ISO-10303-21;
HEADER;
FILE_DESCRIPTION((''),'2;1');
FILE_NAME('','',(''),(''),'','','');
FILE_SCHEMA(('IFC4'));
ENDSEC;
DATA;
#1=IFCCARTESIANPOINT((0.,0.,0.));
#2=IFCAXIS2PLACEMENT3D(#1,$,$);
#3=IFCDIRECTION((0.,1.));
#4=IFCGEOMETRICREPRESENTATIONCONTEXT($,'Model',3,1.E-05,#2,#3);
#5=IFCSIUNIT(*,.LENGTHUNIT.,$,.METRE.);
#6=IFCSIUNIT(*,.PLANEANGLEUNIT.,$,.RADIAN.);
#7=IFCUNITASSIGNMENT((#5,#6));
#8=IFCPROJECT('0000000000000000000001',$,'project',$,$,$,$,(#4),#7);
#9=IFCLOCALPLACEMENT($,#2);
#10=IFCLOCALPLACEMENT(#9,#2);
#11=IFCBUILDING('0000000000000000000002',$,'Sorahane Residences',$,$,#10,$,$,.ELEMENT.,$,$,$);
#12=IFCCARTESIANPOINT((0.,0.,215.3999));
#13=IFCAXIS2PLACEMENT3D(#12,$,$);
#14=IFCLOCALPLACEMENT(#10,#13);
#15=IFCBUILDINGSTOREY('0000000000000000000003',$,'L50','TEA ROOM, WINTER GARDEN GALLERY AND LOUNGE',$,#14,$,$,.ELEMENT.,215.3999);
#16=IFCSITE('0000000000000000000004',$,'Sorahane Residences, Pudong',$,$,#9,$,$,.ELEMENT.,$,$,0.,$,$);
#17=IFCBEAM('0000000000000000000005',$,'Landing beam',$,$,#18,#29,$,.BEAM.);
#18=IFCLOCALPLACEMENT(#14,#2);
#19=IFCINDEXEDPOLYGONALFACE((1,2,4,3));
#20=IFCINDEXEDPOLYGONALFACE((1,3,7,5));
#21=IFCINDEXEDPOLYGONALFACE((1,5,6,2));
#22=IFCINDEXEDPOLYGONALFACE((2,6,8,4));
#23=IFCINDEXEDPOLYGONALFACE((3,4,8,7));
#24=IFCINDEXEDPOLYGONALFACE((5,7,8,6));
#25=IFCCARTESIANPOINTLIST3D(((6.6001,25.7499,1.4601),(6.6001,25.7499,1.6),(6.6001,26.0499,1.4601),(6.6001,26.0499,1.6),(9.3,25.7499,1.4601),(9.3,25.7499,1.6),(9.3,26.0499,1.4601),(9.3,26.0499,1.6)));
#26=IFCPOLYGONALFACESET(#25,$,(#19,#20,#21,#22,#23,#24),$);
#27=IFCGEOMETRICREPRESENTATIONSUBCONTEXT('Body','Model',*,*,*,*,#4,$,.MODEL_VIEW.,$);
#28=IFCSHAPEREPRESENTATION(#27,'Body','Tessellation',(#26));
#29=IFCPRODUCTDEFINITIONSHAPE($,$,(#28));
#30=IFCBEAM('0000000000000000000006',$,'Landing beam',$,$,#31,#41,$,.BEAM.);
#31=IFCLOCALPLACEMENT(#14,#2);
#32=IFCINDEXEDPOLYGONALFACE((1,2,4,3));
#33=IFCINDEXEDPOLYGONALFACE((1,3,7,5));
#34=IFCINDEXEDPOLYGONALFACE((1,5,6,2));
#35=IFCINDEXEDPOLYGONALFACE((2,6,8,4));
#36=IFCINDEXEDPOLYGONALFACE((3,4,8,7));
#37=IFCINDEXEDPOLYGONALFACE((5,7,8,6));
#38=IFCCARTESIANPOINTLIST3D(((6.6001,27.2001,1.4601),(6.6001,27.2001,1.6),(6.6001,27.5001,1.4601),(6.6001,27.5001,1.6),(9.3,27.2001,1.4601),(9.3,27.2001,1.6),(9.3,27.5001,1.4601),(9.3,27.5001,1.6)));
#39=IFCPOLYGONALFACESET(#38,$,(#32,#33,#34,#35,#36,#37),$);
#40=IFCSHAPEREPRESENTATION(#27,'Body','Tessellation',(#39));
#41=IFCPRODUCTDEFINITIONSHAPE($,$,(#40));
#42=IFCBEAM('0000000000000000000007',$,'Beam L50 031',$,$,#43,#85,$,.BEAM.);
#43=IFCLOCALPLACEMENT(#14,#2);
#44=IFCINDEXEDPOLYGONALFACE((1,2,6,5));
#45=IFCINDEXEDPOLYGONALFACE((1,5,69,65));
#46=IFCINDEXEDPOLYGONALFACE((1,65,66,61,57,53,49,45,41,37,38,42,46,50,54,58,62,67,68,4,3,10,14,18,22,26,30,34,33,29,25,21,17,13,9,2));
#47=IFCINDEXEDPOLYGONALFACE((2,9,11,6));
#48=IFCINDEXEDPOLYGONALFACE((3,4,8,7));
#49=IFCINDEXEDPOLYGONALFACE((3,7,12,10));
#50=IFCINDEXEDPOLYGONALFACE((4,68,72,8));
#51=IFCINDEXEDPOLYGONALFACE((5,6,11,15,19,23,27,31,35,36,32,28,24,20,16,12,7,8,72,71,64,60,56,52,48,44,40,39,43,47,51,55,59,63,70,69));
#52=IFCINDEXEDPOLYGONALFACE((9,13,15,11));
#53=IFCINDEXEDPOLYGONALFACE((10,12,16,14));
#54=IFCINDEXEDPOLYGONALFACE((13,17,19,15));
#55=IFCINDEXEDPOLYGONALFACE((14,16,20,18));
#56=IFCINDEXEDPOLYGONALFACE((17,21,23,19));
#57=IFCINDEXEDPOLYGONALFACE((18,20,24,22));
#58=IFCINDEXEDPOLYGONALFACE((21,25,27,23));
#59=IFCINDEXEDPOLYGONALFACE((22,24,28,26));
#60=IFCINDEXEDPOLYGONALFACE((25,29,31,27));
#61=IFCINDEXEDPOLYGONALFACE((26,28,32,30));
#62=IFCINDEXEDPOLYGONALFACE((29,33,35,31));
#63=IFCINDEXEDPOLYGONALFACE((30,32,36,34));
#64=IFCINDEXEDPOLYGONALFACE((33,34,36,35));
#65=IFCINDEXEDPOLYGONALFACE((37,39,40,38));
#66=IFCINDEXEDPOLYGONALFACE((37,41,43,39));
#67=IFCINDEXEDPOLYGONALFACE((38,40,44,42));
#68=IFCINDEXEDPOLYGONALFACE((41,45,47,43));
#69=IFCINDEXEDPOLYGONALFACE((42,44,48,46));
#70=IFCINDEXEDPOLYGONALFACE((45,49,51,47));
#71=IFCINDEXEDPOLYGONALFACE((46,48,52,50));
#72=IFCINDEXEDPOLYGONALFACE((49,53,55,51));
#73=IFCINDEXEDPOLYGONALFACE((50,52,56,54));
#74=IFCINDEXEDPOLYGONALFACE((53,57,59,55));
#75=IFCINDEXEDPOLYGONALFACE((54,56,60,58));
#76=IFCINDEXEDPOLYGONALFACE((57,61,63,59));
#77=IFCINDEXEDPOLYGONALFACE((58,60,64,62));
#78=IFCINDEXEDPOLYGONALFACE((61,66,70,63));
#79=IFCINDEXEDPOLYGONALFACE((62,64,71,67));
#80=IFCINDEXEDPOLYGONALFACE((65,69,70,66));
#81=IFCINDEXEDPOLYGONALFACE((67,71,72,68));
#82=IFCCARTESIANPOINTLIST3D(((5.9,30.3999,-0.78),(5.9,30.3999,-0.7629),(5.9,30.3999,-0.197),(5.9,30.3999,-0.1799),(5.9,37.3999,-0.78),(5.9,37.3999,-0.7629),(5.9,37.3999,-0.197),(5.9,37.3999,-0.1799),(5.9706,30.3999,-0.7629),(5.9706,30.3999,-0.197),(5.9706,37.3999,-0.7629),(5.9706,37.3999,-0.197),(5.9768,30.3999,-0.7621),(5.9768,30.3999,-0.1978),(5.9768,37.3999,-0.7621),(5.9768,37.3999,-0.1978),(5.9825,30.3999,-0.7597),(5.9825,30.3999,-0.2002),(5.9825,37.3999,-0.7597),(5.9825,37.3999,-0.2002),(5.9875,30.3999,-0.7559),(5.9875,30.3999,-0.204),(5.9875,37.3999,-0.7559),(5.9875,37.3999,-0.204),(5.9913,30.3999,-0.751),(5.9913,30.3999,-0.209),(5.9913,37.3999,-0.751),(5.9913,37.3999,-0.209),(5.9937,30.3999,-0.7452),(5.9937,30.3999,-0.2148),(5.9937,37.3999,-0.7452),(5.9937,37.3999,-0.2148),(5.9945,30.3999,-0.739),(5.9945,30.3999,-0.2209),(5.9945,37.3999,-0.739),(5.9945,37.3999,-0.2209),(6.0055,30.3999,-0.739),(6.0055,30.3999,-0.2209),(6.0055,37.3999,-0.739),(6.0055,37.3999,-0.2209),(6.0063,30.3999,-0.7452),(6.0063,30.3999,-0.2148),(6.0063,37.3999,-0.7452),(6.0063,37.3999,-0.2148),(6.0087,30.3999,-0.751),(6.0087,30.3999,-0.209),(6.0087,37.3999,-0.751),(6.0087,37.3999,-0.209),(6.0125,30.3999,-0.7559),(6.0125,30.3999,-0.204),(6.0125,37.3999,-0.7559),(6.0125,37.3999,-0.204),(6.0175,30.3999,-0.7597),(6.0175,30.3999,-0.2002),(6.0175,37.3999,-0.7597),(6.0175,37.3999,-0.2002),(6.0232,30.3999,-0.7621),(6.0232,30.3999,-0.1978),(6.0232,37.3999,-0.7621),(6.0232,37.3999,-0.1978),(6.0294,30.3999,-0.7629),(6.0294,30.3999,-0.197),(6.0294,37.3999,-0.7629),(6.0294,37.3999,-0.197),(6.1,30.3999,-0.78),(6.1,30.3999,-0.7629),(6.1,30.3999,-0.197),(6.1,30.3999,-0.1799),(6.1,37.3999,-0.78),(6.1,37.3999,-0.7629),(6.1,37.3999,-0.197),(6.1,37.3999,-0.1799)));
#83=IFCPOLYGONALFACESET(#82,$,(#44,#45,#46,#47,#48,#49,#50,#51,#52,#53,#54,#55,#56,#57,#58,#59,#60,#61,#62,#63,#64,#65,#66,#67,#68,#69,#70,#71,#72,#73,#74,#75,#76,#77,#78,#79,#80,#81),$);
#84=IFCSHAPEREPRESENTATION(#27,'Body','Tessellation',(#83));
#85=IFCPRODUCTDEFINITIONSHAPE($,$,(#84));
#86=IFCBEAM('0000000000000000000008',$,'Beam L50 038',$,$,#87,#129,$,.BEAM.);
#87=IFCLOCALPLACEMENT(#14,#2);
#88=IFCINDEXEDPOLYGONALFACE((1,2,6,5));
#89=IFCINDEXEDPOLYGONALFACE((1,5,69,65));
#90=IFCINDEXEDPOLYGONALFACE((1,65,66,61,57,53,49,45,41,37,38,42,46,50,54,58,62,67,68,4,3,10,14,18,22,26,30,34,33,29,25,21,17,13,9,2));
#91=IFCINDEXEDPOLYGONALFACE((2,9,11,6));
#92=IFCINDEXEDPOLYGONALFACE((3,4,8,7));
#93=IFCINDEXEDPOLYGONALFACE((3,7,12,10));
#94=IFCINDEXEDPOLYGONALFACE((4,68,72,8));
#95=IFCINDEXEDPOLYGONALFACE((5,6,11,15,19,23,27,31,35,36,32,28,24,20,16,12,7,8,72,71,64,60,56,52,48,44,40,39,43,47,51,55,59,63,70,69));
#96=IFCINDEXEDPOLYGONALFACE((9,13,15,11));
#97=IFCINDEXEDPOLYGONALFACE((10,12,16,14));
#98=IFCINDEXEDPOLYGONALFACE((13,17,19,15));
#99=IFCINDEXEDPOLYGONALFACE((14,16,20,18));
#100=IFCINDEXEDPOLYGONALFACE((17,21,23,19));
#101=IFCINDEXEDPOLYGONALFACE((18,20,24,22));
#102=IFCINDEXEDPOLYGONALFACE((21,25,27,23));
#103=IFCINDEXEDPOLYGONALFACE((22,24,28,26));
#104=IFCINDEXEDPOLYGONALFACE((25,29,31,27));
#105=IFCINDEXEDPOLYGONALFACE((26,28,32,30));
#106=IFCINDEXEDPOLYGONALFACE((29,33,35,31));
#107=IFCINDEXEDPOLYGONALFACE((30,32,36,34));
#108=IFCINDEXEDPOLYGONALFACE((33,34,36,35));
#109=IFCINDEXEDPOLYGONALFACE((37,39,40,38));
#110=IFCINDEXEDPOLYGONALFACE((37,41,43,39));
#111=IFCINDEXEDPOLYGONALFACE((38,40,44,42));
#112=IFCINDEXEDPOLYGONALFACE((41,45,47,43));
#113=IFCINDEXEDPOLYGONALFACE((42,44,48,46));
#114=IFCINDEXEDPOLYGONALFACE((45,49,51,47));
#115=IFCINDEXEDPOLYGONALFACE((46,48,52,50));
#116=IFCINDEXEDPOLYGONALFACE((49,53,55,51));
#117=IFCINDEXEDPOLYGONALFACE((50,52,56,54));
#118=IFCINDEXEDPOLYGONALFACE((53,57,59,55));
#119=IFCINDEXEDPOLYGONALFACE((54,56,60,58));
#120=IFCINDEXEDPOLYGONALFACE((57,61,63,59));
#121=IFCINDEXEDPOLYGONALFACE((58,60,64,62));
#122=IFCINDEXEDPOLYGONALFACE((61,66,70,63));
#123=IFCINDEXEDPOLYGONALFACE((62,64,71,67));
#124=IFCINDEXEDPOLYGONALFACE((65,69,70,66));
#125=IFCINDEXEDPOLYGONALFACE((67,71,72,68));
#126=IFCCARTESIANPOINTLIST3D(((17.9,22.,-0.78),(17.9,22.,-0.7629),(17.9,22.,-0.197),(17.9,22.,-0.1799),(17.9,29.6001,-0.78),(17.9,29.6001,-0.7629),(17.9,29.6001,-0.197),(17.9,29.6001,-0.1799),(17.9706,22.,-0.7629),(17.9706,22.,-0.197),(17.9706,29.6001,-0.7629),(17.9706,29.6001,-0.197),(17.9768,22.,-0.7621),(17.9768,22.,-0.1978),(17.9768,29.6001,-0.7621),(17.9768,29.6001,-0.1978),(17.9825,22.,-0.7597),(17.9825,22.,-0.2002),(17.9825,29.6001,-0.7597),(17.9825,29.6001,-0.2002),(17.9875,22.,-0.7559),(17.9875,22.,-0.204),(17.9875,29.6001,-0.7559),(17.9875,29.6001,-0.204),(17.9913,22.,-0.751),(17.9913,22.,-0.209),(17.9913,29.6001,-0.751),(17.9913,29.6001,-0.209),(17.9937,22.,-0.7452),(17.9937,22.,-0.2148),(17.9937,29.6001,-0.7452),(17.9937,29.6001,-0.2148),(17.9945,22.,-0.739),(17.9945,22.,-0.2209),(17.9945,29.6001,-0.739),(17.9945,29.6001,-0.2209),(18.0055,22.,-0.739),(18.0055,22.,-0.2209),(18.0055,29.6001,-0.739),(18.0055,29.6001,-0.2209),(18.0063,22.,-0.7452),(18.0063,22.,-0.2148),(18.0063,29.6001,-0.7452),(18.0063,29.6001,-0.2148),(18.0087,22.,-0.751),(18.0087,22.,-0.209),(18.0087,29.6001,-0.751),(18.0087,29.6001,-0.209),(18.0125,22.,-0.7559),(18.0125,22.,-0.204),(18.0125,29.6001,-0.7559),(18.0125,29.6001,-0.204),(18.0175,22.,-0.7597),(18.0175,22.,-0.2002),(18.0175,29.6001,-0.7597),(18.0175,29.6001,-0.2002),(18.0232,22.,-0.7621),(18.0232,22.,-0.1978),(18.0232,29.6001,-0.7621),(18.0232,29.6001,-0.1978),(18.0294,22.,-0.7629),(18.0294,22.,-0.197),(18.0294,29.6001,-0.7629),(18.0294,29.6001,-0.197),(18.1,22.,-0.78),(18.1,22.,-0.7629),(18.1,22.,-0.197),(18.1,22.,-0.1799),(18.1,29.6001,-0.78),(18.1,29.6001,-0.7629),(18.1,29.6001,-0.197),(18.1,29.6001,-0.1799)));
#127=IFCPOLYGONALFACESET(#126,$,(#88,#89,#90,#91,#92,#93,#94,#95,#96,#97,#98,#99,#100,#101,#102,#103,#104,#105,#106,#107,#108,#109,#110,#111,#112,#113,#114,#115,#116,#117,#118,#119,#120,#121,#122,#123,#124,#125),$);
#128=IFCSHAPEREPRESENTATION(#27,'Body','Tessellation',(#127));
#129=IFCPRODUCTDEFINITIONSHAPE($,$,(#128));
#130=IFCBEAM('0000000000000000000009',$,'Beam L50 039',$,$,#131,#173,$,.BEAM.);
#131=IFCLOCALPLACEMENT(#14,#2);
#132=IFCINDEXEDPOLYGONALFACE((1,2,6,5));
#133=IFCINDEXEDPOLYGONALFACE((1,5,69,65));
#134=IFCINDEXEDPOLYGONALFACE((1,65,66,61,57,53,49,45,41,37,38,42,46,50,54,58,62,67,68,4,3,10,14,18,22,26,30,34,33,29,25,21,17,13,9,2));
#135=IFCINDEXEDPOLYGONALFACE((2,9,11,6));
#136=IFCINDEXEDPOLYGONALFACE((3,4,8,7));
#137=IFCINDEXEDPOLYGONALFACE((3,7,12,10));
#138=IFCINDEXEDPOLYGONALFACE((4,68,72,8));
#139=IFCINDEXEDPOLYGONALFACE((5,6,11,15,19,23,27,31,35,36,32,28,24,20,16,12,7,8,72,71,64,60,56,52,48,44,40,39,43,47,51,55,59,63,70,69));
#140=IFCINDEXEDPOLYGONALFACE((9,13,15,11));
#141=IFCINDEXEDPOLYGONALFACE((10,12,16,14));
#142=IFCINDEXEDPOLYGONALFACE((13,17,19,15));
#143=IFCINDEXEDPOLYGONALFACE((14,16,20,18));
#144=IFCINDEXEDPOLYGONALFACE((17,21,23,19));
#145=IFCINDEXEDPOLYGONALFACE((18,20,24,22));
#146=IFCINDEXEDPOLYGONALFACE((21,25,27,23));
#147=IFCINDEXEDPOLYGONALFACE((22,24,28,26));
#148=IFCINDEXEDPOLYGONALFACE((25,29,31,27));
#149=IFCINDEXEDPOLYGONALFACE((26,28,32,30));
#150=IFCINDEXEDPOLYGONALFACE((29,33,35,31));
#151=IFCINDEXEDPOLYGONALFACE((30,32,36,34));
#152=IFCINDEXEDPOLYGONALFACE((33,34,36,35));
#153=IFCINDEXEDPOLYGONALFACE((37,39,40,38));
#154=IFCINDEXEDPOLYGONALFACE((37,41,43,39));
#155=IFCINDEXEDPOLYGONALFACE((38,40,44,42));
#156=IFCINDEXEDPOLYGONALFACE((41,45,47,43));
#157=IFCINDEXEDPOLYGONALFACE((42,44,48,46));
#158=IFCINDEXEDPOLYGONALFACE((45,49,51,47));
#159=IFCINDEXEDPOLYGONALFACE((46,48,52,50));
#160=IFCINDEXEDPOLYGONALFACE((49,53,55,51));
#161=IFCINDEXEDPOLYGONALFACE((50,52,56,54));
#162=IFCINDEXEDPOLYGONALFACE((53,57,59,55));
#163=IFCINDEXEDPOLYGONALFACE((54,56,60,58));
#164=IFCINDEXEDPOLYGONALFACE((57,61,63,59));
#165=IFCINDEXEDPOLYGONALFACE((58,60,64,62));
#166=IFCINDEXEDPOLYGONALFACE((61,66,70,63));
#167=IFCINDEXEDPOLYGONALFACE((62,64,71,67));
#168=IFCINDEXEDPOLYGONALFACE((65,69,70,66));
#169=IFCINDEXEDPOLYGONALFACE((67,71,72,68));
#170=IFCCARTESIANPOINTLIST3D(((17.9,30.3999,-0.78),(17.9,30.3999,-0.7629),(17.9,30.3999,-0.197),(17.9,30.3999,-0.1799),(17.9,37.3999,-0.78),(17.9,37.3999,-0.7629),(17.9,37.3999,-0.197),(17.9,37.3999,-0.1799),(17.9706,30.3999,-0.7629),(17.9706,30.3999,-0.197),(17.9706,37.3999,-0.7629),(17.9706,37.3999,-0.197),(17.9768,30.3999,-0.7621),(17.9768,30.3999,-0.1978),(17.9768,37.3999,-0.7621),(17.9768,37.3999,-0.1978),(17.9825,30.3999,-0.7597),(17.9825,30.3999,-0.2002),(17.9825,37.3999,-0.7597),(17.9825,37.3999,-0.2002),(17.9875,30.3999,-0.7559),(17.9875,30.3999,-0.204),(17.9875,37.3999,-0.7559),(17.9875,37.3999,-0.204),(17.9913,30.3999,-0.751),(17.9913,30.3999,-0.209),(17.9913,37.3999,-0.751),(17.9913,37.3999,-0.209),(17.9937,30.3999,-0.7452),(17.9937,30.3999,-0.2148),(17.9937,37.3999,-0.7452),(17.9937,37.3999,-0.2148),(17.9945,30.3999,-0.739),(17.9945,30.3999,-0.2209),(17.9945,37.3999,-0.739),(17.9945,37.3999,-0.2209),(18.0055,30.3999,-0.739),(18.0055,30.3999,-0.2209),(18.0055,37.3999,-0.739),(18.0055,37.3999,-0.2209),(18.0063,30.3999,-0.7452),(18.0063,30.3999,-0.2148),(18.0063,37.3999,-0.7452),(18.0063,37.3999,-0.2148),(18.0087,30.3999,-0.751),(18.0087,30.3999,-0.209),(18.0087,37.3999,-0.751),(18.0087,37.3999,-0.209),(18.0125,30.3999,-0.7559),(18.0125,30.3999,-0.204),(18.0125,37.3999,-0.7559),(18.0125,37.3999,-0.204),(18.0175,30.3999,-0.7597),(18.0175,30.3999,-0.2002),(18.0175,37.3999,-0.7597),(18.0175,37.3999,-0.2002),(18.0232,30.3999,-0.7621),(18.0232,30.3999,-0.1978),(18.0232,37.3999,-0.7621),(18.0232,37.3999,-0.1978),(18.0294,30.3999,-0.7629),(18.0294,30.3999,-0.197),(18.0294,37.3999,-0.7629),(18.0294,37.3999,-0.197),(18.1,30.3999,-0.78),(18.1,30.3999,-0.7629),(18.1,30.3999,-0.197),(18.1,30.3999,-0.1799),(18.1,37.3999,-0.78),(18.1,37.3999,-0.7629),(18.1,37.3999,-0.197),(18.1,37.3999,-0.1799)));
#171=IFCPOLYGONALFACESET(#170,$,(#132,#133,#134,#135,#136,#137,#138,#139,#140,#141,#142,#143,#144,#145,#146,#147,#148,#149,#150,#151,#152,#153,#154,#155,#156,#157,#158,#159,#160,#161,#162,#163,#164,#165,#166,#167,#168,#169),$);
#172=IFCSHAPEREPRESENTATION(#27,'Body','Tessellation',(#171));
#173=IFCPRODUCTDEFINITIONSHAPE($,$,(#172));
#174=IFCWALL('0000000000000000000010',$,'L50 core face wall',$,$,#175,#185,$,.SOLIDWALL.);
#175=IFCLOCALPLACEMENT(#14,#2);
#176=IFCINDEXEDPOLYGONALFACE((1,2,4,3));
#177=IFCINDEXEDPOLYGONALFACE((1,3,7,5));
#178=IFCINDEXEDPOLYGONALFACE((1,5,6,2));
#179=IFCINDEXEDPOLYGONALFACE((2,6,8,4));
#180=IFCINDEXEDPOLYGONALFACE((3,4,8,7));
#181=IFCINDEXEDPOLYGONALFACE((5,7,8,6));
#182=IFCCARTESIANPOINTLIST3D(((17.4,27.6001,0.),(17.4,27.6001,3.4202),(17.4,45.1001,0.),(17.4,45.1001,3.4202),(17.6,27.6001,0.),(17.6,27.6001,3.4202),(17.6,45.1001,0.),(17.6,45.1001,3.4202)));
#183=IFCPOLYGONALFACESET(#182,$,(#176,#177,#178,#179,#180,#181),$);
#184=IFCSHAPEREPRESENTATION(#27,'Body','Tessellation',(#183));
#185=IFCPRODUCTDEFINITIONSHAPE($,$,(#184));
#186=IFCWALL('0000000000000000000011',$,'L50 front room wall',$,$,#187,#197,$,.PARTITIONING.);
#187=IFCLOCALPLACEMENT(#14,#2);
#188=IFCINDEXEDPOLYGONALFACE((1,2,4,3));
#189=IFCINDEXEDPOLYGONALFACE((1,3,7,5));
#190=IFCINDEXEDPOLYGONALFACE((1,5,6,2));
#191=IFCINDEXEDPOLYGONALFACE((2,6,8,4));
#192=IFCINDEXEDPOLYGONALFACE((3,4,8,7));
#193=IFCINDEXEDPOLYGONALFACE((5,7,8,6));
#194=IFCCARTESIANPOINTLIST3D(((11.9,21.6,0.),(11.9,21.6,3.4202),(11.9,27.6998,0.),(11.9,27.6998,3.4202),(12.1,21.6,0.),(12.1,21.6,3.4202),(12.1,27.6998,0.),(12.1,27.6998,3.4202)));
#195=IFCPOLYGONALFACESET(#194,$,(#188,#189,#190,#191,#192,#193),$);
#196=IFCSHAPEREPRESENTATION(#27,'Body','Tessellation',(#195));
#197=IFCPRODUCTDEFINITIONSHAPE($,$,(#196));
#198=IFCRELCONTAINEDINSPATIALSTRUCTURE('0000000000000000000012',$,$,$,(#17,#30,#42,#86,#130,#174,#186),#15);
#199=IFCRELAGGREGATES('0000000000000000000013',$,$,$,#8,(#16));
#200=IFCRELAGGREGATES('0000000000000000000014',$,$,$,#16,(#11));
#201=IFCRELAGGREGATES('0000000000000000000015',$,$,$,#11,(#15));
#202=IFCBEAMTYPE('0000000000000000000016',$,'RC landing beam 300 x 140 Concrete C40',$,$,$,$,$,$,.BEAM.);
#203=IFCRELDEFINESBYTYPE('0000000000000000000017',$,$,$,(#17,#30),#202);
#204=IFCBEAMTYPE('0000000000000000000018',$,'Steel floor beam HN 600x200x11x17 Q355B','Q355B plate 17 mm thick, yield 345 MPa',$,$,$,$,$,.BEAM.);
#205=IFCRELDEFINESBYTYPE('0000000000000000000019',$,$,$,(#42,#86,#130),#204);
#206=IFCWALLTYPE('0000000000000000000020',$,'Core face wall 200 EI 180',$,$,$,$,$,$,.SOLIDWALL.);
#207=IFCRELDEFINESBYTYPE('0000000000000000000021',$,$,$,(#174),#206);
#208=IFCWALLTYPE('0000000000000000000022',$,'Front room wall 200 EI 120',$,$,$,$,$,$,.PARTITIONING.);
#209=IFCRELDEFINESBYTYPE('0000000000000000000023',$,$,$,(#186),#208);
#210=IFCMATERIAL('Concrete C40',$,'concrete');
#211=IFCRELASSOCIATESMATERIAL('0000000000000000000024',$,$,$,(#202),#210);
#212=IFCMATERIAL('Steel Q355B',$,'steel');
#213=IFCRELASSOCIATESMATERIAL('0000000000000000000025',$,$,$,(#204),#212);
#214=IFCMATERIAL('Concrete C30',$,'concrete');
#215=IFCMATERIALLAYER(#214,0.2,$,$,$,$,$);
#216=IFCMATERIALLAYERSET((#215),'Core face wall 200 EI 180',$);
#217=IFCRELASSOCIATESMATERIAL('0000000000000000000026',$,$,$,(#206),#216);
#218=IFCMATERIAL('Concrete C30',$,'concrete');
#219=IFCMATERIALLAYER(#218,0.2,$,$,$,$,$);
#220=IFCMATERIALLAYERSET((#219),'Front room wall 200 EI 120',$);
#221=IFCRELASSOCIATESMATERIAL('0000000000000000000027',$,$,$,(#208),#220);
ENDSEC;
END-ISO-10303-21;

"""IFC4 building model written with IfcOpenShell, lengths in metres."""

from ifc_helpers import new_model, si_unit, direction, frame, frame_2d, origin, origin_2d, place, context, subcontext, project, spatial, rectangle, i_section, extrude, material, layer, layer_set, material_profile, profile_set, type_object, element, save


model = new_model("IFC4")

# Units and contexts
model_context = context("Model", 3, precision=1e-05, world=origin(), true_north=direction((0.0, 1.0)))
body_context = subcontext(model_context, "Body", "Model", "MODEL_VIEW")
ifc_project = project(units=[si_unit("LENGTHUNIT", "METRE"), si_unit("PLANEANGLEUNIT", "RADIAN")], contexts=[model_context])

# Site, building, storey
site_placement = place(None, origin())
site = spatial("IfcSite", under=ifc_project, at=site_placement, Name="Sorahane Residences, Pudong", CompositionType="ELEMENT", RefElevation=0.0)
building_placement = place(site_placement, origin())
building = spatial("IfcBuilding", under=site, at=building_placement, Name="Sorahane Residences", CompositionType="ELEMENT")
storey_placement = place(building_placement, frame((0.0, 0.0, 215.3999)))
storey = spatial("IfcBuildingStorey", under=building, at=storey_placement, Name="L50", Description="TEA ROOM, WINTER GARDEN GALLERY AND LOUNGE", CompositionType="ELEMENT", Elevation=215.3999)

# Beams
ifc_material_1 = material(Name="Concrete C40", Category="concrete")
ifc_material_profile_1 = material_profile(ifc_material_1, rectangle(XDim=0.3, YDim=0.1399, at=origin_2d()), Name="300x140")
ifc_profile_set_1 = profile_set([ifc_material_profile_1], Name="Concrete C40")
beam_type_1 = type_object("IfcBeamType", Name="RC landing beam 300 x 140 Concrete C40", PredefinedType="BEAM", material=ifc_profile_set_1)
for number, where, z_axis, x_axis, name in (
    (1, (6.6001, 25.8999, 1.53), (1.0, 0.0, 0.0), (0.0, 1.0, 0.0), "Landing beam"),
    (2, (6.6001, 27.3501, 1.53), (1.0, 0.0, 0.0), (0.0, 1.0, 0.0), "Landing beam"),
):
    element("IfcBeam", number, at=place(storey_placement, frame(where, z_axis=z_axis, x_axis=x_axis)), inside=storey, type_object=beam_type_1, Name=name, PredefinedType="BEAM", context=body_context, shape_type="SweptSolid", body=[
        extrude(rectangle(XDim=0.3, YDim=0.1399, at=origin_2d()), origin(), (0.0, 0.0, 1.0), 2.7),
    ])
ifc_material_2 = material(Name="Steel Q355B", Category="steel")
ifc_material_profile_2 = material_profile(ifc_material_2, i_section(OverallWidth=0.2, OverallDepth=0.6001, WebThickness=0.011, FlangeThickness=0.0171, FilletRadius=0.0239, at=origin_2d()), Name="HN 600x200x11x17")
ifc_profile_set_2 = profile_set([ifc_material_profile_2], Name="Steel Q355B")
beam_type_2 = type_object("IfcBeamType", Name="Steel floor beam HN 600x200x11x17 Q355B", Description="Q355B plate 17 mm thick, yield 345 MPa", PredefinedType="BEAM", material=ifc_profile_set_2)
beam_1_placement = place(storey_placement, frame((6.0, 30.3999, -0.48), z_axis=(0.0, 1.0, 0.0), x_axis=(-1.0, 0.0, 0.0)))
element("IfcBeam", 3, at=beam_1_placement, inside=storey, type_object=beam_type_2, Name="Beam L50 031", PredefinedType="BEAM", context=body_context, shape_type="SweptSolid", body=[
    extrude(i_section(OverallWidth=0.2, OverallDepth=0.6001, WebThickness=0.011, FlangeThickness=0.0171, FilletRadius=0.0239, at=origin_2d()), origin(), (0.0, 0.0, 1.0), 7.0),
])
beam_2_placement = place(storey_placement, frame((18.0, 22.0, -0.48), z_axis=(0.0, 1.0, 0.0), x_axis=(-1.0, 0.0, 0.0)))
element("IfcBeam", 4, at=beam_2_placement, inside=storey, type_object=beam_type_2, Name="Beam L50 038", PredefinedType="BEAM", context=body_context, shape_type="SweptSolid", body=[
    extrude(i_section(OverallWidth=0.2, OverallDepth=0.6001, WebThickness=0.011, FlangeThickness=0.0171, FilletRadius=0.0239, at=origin_2d()), origin(), (0.0, 0.0, 1.0), 7.6001),
])
beam_3_placement = place(storey_placement, frame((18.0, 30.3999, -0.48), z_axis=(0.0, 1.0, 0.0), x_axis=(-1.0, 0.0, 0.0)))
element("IfcBeam", 5, at=beam_3_placement, inside=storey, type_object=beam_type_2, Name="Beam L50 039", PredefinedType="BEAM", context=body_context, shape_type="SweptSolid", body=[
    extrude(i_section(OverallWidth=0.2, OverallDepth=0.6001, WebThickness=0.011, FlangeThickness=0.0171, FilletRadius=0.0239, at=origin_2d()), origin(), (0.0, 0.0, 1.0), 7.0),
])

# Walls
ifc_material_3 = material(Name="Concrete C30", Category="concrete")
ifc_layer_1 = layer(ifc_material_3, 0.2)
ifc_layer_set_1 = layer_set([ifc_layer_1], Name="Core face wall 200 EI 180")
wall_type_1 = type_object("IfcWallType", Name="Core face wall 200 EI 180", PredefinedType="SOLIDWALL", material=ifc_layer_set_1)
wall_1_placement = place(storey_placement, frame((17.5, 27.6001, 0.0), z_axis=(0.0, 0.0, 1.0), x_axis=(0.0, 1.0, 0.0)))
element("IfcWall", 6, at=wall_1_placement, inside=storey, type_object=wall_type_1, Name="L50 core face wall", PredefinedType="SOLIDWALL", context=body_context, shape_type="SweptSolid", body=[
    extrude(rectangle(XDim=17.5, YDim=0.2, at=frame_2d((8.75, 0.0))), origin(), (0.0, 0.0, 1.0), 3.4202),
])
ifc_material_4 = material(Name="Concrete C30", Category="concrete")
ifc_layer_2 = layer(ifc_material_4, 0.2)
ifc_layer_set_2 = layer_set([ifc_layer_2], Name="Front room wall 200 EI 120")
wall_type_2 = type_object("IfcWallType", Name="Front room wall 200 EI 120", PredefinedType="PARTITIONING", material=ifc_layer_set_2)
wall_2_placement = place(storey_placement, frame((12.0, 21.6001, 0.0), z_axis=(0.0, 0.0, 1.0), x_axis=(0.0, 1.0, 0.0)))
element("IfcWall", 7, at=wall_2_placement, inside=storey, type_object=wall_type_2, Name="L50 front room wall", PredefinedType="PARTITIONING", context=body_context, shape_type="SweptSolid", body=[
    extrude(rectangle(XDim=6.0999, YDim=0.2, at=frame_2d((3.0498, 0.0))), origin(), (0.0, 0.0, 1.0), 3.4202),
])

save(model, "model.ifc")
